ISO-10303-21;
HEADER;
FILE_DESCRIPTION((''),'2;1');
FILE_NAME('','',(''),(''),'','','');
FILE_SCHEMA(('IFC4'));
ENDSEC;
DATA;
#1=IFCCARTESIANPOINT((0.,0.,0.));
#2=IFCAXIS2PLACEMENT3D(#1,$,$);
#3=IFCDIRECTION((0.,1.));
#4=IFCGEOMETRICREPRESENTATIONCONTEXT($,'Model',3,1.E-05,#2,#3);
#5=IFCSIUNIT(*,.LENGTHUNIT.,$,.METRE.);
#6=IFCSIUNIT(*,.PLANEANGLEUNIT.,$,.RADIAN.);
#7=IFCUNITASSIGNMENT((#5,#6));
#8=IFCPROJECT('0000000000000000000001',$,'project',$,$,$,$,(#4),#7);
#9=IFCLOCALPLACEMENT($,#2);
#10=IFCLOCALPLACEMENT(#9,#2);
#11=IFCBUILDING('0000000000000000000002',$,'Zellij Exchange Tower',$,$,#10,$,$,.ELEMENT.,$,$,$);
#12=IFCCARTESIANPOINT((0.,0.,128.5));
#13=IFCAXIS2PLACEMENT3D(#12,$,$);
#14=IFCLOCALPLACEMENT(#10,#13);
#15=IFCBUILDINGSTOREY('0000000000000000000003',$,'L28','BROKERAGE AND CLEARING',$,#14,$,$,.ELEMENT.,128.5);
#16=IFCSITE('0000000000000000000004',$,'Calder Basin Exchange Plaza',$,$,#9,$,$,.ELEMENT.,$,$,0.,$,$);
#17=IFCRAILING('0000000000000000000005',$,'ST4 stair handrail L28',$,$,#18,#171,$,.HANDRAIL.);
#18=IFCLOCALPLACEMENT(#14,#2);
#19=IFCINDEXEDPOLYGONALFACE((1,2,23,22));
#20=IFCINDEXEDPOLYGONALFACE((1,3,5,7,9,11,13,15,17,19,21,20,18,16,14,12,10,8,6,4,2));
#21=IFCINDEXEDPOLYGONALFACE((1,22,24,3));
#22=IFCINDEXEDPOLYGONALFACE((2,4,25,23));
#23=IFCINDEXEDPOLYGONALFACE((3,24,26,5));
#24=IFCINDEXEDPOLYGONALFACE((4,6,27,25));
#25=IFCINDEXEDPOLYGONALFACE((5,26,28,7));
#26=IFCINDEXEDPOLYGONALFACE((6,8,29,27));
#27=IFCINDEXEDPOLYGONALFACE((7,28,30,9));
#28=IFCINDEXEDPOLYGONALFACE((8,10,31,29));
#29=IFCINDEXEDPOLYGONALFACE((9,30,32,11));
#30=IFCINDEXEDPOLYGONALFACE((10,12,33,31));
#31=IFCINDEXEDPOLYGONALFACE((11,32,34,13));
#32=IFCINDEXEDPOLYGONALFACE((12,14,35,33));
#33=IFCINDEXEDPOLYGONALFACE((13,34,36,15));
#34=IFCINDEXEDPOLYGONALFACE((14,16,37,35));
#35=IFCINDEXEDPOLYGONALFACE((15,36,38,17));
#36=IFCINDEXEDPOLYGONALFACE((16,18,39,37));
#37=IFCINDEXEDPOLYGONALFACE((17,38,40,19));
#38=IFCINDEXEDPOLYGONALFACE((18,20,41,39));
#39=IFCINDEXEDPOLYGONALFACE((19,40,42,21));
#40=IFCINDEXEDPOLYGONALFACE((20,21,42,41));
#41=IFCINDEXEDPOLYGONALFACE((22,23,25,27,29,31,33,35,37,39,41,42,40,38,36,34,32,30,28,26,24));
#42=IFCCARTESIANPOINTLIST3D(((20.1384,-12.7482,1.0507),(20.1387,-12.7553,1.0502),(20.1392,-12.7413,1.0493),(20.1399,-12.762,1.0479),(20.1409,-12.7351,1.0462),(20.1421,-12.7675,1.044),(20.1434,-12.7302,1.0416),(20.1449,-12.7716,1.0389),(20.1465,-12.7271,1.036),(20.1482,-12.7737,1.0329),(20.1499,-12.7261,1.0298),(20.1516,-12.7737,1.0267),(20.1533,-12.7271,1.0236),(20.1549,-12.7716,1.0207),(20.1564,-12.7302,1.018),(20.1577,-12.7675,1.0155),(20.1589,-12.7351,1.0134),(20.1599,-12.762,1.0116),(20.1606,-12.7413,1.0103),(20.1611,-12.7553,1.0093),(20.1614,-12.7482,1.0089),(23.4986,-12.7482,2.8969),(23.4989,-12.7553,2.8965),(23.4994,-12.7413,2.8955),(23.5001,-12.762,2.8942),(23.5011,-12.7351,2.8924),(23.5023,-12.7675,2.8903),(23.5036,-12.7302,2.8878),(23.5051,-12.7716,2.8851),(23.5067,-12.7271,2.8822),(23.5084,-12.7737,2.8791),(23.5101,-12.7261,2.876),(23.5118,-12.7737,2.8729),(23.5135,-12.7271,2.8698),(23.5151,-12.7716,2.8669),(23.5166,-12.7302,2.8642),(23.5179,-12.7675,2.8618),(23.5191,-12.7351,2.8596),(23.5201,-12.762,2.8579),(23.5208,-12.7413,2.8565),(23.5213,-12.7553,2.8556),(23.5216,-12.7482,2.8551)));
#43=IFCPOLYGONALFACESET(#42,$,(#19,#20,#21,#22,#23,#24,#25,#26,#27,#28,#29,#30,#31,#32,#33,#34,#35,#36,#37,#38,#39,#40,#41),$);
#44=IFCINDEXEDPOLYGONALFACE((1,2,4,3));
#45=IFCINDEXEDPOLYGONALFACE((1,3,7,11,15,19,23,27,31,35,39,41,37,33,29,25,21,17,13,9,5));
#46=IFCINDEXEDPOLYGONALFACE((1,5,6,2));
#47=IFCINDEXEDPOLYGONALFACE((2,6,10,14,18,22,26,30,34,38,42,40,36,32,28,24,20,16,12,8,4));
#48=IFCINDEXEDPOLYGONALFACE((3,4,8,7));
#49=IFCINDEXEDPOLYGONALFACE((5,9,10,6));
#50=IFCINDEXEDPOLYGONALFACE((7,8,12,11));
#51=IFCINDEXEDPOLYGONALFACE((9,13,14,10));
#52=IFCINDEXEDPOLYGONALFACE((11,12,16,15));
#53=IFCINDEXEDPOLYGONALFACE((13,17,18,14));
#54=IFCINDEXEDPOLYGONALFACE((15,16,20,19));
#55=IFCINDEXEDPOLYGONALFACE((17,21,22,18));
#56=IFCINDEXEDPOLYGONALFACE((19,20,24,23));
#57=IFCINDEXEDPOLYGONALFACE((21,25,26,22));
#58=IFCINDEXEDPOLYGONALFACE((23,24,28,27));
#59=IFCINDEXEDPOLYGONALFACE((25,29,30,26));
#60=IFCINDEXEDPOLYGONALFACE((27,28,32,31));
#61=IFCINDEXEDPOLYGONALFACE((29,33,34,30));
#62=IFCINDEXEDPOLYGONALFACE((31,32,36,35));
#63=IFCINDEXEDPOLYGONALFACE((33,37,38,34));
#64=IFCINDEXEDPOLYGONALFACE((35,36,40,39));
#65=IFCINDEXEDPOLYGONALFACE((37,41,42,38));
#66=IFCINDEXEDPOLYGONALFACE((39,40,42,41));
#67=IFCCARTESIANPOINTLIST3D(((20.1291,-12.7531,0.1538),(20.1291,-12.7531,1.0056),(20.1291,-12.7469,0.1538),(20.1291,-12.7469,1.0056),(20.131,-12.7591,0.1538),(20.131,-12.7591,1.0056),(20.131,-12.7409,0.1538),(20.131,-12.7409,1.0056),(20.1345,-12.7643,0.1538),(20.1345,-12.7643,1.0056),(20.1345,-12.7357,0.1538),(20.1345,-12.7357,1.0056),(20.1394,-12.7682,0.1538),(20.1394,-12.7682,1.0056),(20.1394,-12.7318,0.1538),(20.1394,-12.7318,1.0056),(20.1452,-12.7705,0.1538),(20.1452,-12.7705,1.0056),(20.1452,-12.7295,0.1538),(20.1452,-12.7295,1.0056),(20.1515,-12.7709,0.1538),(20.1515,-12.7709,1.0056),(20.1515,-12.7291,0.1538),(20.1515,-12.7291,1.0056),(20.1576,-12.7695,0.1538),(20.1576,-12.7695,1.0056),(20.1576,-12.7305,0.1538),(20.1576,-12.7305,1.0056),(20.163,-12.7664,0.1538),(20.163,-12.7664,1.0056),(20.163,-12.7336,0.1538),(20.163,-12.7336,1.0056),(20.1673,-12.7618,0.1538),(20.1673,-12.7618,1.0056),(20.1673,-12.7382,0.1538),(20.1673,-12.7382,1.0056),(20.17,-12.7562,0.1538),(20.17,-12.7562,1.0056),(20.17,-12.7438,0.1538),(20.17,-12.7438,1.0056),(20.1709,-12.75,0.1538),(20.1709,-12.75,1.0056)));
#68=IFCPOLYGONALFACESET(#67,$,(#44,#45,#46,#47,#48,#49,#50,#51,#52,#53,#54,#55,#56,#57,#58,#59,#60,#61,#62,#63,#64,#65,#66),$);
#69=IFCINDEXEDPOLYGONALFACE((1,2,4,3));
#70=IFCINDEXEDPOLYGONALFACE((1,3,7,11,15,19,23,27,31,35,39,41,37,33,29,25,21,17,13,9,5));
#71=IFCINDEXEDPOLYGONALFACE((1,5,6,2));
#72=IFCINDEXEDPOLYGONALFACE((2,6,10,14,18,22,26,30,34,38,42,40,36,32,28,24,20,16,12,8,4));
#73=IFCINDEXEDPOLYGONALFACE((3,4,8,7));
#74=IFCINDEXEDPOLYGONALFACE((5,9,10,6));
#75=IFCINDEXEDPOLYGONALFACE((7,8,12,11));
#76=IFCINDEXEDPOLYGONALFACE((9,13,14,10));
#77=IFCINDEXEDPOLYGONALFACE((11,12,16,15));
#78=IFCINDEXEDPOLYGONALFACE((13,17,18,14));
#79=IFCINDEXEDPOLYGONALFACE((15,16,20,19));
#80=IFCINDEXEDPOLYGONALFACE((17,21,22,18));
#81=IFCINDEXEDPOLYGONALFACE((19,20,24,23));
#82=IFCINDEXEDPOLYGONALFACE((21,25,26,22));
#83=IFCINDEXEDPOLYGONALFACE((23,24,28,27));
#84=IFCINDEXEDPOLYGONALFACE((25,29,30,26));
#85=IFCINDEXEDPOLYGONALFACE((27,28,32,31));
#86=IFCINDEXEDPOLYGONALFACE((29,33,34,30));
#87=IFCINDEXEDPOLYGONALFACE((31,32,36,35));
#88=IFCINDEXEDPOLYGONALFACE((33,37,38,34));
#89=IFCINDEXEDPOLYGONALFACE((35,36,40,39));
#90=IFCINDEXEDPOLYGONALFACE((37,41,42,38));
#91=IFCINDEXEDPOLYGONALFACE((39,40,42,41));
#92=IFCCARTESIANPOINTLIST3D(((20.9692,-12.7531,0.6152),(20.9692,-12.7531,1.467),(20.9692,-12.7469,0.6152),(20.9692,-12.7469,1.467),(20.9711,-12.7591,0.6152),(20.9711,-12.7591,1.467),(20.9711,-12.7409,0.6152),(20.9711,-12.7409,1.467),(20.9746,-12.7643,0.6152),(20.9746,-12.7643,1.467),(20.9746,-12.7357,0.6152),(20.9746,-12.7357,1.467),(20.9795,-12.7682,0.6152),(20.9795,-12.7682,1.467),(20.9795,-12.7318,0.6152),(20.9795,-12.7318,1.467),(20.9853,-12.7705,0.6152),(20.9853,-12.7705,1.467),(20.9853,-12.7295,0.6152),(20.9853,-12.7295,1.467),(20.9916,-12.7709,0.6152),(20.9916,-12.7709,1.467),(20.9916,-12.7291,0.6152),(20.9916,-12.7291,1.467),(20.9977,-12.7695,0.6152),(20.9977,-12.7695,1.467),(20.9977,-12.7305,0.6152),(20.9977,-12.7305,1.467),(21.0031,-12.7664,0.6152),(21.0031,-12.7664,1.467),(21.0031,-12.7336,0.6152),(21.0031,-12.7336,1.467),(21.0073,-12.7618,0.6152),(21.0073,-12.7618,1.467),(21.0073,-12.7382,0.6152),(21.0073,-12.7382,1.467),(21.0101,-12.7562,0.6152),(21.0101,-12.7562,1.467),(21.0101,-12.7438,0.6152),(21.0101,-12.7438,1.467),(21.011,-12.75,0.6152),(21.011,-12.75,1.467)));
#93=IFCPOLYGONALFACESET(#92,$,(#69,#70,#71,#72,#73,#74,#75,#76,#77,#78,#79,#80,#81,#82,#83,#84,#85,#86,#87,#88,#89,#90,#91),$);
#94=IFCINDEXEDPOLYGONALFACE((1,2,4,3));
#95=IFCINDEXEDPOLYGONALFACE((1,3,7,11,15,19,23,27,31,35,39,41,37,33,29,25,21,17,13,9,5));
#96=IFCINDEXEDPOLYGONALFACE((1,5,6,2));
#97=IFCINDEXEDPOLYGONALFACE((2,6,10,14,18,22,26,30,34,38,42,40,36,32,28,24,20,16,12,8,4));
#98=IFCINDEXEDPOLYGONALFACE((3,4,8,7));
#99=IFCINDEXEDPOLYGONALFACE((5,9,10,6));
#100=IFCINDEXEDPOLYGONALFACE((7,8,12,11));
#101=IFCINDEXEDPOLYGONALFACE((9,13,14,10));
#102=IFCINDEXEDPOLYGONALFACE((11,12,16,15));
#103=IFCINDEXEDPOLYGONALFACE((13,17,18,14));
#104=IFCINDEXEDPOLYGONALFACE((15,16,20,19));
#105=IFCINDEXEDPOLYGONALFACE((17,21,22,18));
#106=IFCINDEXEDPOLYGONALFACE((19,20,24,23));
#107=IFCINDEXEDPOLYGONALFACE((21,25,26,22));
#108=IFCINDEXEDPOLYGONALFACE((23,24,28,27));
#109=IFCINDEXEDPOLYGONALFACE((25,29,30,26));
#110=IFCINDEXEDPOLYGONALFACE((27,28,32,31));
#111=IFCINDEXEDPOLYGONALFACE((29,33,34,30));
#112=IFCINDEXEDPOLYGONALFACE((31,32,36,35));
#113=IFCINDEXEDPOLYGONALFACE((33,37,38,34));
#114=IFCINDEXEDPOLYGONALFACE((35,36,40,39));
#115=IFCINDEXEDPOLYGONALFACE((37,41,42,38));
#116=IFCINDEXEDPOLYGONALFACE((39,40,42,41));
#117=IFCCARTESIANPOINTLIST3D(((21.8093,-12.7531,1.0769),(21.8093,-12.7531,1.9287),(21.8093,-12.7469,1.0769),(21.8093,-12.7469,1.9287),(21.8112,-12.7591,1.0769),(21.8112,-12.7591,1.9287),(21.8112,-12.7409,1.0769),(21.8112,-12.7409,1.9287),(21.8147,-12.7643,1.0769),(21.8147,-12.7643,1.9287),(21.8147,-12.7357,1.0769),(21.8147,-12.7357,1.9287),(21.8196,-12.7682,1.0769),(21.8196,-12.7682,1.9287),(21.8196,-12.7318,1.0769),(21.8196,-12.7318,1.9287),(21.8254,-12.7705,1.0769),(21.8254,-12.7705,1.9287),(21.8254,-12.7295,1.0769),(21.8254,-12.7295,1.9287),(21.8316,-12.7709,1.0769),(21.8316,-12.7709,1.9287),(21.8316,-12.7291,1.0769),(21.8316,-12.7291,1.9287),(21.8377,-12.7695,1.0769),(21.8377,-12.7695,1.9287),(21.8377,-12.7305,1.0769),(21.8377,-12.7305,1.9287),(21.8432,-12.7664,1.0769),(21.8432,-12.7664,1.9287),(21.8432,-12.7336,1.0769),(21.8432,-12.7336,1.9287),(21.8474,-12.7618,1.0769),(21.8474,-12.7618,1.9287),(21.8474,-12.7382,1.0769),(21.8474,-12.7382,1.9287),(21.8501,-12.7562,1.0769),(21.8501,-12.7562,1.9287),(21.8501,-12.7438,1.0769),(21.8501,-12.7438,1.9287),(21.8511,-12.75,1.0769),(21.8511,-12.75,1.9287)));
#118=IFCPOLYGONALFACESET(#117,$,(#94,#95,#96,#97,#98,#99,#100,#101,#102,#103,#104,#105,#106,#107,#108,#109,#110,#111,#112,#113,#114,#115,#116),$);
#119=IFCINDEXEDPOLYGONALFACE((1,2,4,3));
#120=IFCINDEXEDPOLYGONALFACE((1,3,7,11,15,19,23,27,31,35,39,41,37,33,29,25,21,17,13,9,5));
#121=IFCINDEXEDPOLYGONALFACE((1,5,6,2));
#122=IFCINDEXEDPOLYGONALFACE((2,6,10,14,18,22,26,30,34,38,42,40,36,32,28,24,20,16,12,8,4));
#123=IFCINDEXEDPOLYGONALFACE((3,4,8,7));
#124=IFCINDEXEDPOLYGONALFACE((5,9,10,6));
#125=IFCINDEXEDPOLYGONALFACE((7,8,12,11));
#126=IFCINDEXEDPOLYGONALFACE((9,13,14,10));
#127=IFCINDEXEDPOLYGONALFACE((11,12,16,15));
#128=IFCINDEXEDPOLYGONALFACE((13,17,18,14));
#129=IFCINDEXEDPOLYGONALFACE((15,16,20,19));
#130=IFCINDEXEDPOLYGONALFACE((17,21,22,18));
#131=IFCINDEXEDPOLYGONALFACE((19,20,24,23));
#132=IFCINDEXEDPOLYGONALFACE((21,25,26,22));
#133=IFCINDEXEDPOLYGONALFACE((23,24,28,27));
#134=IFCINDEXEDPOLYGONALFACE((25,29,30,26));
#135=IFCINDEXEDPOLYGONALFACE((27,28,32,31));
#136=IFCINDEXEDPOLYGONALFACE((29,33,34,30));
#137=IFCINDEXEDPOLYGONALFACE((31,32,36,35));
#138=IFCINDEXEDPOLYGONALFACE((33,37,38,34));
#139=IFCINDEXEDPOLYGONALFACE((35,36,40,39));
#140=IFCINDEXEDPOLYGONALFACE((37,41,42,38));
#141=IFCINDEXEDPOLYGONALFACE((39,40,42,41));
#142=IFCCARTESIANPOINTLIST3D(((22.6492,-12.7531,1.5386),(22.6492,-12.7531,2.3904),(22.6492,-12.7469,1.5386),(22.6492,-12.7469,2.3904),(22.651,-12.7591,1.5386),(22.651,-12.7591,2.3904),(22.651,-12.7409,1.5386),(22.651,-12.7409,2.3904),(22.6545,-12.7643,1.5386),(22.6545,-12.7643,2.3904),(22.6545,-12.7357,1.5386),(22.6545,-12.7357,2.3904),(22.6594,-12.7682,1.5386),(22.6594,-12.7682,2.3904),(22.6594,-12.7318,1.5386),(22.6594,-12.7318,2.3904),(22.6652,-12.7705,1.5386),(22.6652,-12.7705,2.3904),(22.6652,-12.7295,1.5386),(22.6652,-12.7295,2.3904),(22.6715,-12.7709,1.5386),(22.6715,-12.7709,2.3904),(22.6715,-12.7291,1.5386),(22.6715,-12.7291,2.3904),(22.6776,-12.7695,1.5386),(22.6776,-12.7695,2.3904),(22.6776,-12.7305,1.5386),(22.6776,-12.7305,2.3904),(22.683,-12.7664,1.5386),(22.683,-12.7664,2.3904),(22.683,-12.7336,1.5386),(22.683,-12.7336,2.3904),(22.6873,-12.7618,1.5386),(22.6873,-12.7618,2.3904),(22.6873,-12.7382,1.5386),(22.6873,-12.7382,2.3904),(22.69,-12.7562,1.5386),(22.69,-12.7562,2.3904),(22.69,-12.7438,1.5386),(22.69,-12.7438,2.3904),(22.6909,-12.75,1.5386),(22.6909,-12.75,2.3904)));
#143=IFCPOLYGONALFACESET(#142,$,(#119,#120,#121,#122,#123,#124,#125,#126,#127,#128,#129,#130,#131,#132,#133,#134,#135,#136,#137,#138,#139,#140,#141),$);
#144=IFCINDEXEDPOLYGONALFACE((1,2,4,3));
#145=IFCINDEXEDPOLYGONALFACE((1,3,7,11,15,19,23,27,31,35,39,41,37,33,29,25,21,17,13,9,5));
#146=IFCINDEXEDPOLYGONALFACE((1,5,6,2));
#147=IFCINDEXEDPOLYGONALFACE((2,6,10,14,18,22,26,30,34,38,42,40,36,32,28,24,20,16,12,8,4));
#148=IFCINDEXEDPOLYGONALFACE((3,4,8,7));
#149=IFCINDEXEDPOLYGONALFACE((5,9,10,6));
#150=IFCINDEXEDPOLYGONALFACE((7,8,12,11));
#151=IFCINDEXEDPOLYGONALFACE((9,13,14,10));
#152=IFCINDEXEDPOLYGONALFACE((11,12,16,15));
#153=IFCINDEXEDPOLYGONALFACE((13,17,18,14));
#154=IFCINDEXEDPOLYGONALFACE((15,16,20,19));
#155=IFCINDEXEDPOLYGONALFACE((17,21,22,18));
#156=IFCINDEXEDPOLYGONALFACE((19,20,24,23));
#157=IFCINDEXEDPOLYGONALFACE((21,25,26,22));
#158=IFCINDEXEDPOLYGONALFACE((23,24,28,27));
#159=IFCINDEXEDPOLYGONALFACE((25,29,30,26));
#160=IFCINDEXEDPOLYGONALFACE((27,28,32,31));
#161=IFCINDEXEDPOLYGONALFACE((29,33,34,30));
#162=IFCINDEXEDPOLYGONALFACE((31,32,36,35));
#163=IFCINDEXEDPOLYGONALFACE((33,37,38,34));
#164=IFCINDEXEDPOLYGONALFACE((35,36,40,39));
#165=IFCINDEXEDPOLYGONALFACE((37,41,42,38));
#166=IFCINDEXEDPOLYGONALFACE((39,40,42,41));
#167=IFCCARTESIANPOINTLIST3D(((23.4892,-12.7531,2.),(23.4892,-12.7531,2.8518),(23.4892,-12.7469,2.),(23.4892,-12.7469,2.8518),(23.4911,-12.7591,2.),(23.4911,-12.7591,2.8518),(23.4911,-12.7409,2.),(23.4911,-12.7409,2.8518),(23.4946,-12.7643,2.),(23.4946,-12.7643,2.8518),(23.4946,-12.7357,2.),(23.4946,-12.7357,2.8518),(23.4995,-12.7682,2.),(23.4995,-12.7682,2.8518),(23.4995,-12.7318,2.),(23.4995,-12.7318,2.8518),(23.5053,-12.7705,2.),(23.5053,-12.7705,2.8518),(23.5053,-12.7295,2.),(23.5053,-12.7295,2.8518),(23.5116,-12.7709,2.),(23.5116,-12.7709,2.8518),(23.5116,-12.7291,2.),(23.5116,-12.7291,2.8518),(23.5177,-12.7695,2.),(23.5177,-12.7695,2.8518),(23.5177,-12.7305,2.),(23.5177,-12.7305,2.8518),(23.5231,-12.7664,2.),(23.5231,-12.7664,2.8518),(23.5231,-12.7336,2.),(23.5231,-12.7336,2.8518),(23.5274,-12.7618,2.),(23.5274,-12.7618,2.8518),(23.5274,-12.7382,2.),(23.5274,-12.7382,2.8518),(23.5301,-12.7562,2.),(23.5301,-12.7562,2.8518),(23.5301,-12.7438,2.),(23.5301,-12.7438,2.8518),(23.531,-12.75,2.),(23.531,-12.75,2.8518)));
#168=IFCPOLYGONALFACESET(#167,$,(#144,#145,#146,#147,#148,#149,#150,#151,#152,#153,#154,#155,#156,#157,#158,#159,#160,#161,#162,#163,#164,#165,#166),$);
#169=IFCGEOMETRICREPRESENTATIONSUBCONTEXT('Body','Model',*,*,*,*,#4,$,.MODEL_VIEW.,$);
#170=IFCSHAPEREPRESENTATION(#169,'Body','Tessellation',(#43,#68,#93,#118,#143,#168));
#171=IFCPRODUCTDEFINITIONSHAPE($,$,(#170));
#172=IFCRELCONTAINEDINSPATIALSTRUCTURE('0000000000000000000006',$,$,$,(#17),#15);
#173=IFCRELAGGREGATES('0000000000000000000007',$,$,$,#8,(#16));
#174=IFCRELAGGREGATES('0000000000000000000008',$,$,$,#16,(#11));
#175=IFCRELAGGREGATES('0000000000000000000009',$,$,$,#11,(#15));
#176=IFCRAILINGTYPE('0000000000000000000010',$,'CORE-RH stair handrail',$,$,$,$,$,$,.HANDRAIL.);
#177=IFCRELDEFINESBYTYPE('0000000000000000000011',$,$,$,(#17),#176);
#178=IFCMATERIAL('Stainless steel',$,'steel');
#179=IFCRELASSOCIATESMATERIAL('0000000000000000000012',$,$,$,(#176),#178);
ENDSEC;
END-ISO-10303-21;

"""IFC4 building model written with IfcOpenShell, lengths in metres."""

from ifc_helpers import new_model, si_unit, direction, frame, origin, origin_2d, place, context, subcontext, project, spatial, circle, extrude, material, type_object, element, save


model = new_model("IFC4")

# Units and contexts
model_context = context("Model", 3, precision=1e-05, world=origin(), true_north=direction((0.0, 1.0)))
body_context = subcontext(model_context, "Body", "Model", "MODEL_VIEW")
ifc_project = project(units=[si_unit("LENGTHUNIT", "METRE"), si_unit("PLANEANGLEUNIT", "RADIAN")], contexts=[model_context])

# Site, building, storey
site_placement = place(None, origin())
site = spatial("IfcSite", under=ifc_project, at=site_placement, Name="Calder Basin Exchange Plaza", CompositionType="ELEMENT", RefElevation=0.0)
building_placement = place(site_placement, origin())
building = spatial("IfcBuilding", under=site, at=building_placement, Name="Zellij Exchange Tower", CompositionType="ELEMENT")
storey_placement = place(building_placement, frame((0.0, 0.0, 128.5)))
storey = spatial("IfcBuildingStorey", under=building, at=storey_placement, Name="L28", Description="BROKERAGE AND CLEARING", CompositionType="ELEMENT", Elevation=128.5)

# Railing
ifc_material_1 = material(Name="Stainless steel", Category="steel")
railing_type_1 = type_object("IfcRailingType", Name="CORE-RH stair handrail", PredefinedType="HANDRAIL", material=ifc_material_1)
railing_1_placement = place(storey_placement, frame((20.1499, -12.75, 0.1538)))
element("IfcRailing", 1, at=railing_1_placement, inside=storey, type_object=railing_type_1, Name="ST4 stair handrail L28", PredefinedType="HANDRAIL", context=body_context, shape_type="SweptSolid", body=[
    extrude(circle(Radius=0.0239, at=origin_2d()), frame((0.0, 0.0, 0.876), z_axis=(0.876422, 0.0, 0.481545), x_axis=(0.0, 1.0, 0.0)), (0.0, 0.0, 1.0), 3.834),
    extrude(circle(Radius=0.021, at=origin_2d()), origin(), (0.0, 0.0, 1.0), 0.8518),
    extrude(circle(Radius=0.021, at=origin_2d()), frame((0.8401, 0.0, 0.4614)), (0.0, 0.0, 1.0), 0.8518),
    extrude(circle(Radius=0.021, at=origin_2d()), frame((1.6802, 0.0, 0.9231)), (0.0, 0.0, 1.0), 0.8518),
    extrude(circle(Radius=0.021, at=origin_2d()), frame((2.52, 0.0, 1.3848)), (0.0, 0.0, 1.0), 0.8518),
    extrude(circle(Radius=0.021, at=origin_2d()), frame((3.3601, 0.0, 1.8462)), (0.0, 0.0, 1.0), 0.8518),
])

save(model, "model.ifc")
